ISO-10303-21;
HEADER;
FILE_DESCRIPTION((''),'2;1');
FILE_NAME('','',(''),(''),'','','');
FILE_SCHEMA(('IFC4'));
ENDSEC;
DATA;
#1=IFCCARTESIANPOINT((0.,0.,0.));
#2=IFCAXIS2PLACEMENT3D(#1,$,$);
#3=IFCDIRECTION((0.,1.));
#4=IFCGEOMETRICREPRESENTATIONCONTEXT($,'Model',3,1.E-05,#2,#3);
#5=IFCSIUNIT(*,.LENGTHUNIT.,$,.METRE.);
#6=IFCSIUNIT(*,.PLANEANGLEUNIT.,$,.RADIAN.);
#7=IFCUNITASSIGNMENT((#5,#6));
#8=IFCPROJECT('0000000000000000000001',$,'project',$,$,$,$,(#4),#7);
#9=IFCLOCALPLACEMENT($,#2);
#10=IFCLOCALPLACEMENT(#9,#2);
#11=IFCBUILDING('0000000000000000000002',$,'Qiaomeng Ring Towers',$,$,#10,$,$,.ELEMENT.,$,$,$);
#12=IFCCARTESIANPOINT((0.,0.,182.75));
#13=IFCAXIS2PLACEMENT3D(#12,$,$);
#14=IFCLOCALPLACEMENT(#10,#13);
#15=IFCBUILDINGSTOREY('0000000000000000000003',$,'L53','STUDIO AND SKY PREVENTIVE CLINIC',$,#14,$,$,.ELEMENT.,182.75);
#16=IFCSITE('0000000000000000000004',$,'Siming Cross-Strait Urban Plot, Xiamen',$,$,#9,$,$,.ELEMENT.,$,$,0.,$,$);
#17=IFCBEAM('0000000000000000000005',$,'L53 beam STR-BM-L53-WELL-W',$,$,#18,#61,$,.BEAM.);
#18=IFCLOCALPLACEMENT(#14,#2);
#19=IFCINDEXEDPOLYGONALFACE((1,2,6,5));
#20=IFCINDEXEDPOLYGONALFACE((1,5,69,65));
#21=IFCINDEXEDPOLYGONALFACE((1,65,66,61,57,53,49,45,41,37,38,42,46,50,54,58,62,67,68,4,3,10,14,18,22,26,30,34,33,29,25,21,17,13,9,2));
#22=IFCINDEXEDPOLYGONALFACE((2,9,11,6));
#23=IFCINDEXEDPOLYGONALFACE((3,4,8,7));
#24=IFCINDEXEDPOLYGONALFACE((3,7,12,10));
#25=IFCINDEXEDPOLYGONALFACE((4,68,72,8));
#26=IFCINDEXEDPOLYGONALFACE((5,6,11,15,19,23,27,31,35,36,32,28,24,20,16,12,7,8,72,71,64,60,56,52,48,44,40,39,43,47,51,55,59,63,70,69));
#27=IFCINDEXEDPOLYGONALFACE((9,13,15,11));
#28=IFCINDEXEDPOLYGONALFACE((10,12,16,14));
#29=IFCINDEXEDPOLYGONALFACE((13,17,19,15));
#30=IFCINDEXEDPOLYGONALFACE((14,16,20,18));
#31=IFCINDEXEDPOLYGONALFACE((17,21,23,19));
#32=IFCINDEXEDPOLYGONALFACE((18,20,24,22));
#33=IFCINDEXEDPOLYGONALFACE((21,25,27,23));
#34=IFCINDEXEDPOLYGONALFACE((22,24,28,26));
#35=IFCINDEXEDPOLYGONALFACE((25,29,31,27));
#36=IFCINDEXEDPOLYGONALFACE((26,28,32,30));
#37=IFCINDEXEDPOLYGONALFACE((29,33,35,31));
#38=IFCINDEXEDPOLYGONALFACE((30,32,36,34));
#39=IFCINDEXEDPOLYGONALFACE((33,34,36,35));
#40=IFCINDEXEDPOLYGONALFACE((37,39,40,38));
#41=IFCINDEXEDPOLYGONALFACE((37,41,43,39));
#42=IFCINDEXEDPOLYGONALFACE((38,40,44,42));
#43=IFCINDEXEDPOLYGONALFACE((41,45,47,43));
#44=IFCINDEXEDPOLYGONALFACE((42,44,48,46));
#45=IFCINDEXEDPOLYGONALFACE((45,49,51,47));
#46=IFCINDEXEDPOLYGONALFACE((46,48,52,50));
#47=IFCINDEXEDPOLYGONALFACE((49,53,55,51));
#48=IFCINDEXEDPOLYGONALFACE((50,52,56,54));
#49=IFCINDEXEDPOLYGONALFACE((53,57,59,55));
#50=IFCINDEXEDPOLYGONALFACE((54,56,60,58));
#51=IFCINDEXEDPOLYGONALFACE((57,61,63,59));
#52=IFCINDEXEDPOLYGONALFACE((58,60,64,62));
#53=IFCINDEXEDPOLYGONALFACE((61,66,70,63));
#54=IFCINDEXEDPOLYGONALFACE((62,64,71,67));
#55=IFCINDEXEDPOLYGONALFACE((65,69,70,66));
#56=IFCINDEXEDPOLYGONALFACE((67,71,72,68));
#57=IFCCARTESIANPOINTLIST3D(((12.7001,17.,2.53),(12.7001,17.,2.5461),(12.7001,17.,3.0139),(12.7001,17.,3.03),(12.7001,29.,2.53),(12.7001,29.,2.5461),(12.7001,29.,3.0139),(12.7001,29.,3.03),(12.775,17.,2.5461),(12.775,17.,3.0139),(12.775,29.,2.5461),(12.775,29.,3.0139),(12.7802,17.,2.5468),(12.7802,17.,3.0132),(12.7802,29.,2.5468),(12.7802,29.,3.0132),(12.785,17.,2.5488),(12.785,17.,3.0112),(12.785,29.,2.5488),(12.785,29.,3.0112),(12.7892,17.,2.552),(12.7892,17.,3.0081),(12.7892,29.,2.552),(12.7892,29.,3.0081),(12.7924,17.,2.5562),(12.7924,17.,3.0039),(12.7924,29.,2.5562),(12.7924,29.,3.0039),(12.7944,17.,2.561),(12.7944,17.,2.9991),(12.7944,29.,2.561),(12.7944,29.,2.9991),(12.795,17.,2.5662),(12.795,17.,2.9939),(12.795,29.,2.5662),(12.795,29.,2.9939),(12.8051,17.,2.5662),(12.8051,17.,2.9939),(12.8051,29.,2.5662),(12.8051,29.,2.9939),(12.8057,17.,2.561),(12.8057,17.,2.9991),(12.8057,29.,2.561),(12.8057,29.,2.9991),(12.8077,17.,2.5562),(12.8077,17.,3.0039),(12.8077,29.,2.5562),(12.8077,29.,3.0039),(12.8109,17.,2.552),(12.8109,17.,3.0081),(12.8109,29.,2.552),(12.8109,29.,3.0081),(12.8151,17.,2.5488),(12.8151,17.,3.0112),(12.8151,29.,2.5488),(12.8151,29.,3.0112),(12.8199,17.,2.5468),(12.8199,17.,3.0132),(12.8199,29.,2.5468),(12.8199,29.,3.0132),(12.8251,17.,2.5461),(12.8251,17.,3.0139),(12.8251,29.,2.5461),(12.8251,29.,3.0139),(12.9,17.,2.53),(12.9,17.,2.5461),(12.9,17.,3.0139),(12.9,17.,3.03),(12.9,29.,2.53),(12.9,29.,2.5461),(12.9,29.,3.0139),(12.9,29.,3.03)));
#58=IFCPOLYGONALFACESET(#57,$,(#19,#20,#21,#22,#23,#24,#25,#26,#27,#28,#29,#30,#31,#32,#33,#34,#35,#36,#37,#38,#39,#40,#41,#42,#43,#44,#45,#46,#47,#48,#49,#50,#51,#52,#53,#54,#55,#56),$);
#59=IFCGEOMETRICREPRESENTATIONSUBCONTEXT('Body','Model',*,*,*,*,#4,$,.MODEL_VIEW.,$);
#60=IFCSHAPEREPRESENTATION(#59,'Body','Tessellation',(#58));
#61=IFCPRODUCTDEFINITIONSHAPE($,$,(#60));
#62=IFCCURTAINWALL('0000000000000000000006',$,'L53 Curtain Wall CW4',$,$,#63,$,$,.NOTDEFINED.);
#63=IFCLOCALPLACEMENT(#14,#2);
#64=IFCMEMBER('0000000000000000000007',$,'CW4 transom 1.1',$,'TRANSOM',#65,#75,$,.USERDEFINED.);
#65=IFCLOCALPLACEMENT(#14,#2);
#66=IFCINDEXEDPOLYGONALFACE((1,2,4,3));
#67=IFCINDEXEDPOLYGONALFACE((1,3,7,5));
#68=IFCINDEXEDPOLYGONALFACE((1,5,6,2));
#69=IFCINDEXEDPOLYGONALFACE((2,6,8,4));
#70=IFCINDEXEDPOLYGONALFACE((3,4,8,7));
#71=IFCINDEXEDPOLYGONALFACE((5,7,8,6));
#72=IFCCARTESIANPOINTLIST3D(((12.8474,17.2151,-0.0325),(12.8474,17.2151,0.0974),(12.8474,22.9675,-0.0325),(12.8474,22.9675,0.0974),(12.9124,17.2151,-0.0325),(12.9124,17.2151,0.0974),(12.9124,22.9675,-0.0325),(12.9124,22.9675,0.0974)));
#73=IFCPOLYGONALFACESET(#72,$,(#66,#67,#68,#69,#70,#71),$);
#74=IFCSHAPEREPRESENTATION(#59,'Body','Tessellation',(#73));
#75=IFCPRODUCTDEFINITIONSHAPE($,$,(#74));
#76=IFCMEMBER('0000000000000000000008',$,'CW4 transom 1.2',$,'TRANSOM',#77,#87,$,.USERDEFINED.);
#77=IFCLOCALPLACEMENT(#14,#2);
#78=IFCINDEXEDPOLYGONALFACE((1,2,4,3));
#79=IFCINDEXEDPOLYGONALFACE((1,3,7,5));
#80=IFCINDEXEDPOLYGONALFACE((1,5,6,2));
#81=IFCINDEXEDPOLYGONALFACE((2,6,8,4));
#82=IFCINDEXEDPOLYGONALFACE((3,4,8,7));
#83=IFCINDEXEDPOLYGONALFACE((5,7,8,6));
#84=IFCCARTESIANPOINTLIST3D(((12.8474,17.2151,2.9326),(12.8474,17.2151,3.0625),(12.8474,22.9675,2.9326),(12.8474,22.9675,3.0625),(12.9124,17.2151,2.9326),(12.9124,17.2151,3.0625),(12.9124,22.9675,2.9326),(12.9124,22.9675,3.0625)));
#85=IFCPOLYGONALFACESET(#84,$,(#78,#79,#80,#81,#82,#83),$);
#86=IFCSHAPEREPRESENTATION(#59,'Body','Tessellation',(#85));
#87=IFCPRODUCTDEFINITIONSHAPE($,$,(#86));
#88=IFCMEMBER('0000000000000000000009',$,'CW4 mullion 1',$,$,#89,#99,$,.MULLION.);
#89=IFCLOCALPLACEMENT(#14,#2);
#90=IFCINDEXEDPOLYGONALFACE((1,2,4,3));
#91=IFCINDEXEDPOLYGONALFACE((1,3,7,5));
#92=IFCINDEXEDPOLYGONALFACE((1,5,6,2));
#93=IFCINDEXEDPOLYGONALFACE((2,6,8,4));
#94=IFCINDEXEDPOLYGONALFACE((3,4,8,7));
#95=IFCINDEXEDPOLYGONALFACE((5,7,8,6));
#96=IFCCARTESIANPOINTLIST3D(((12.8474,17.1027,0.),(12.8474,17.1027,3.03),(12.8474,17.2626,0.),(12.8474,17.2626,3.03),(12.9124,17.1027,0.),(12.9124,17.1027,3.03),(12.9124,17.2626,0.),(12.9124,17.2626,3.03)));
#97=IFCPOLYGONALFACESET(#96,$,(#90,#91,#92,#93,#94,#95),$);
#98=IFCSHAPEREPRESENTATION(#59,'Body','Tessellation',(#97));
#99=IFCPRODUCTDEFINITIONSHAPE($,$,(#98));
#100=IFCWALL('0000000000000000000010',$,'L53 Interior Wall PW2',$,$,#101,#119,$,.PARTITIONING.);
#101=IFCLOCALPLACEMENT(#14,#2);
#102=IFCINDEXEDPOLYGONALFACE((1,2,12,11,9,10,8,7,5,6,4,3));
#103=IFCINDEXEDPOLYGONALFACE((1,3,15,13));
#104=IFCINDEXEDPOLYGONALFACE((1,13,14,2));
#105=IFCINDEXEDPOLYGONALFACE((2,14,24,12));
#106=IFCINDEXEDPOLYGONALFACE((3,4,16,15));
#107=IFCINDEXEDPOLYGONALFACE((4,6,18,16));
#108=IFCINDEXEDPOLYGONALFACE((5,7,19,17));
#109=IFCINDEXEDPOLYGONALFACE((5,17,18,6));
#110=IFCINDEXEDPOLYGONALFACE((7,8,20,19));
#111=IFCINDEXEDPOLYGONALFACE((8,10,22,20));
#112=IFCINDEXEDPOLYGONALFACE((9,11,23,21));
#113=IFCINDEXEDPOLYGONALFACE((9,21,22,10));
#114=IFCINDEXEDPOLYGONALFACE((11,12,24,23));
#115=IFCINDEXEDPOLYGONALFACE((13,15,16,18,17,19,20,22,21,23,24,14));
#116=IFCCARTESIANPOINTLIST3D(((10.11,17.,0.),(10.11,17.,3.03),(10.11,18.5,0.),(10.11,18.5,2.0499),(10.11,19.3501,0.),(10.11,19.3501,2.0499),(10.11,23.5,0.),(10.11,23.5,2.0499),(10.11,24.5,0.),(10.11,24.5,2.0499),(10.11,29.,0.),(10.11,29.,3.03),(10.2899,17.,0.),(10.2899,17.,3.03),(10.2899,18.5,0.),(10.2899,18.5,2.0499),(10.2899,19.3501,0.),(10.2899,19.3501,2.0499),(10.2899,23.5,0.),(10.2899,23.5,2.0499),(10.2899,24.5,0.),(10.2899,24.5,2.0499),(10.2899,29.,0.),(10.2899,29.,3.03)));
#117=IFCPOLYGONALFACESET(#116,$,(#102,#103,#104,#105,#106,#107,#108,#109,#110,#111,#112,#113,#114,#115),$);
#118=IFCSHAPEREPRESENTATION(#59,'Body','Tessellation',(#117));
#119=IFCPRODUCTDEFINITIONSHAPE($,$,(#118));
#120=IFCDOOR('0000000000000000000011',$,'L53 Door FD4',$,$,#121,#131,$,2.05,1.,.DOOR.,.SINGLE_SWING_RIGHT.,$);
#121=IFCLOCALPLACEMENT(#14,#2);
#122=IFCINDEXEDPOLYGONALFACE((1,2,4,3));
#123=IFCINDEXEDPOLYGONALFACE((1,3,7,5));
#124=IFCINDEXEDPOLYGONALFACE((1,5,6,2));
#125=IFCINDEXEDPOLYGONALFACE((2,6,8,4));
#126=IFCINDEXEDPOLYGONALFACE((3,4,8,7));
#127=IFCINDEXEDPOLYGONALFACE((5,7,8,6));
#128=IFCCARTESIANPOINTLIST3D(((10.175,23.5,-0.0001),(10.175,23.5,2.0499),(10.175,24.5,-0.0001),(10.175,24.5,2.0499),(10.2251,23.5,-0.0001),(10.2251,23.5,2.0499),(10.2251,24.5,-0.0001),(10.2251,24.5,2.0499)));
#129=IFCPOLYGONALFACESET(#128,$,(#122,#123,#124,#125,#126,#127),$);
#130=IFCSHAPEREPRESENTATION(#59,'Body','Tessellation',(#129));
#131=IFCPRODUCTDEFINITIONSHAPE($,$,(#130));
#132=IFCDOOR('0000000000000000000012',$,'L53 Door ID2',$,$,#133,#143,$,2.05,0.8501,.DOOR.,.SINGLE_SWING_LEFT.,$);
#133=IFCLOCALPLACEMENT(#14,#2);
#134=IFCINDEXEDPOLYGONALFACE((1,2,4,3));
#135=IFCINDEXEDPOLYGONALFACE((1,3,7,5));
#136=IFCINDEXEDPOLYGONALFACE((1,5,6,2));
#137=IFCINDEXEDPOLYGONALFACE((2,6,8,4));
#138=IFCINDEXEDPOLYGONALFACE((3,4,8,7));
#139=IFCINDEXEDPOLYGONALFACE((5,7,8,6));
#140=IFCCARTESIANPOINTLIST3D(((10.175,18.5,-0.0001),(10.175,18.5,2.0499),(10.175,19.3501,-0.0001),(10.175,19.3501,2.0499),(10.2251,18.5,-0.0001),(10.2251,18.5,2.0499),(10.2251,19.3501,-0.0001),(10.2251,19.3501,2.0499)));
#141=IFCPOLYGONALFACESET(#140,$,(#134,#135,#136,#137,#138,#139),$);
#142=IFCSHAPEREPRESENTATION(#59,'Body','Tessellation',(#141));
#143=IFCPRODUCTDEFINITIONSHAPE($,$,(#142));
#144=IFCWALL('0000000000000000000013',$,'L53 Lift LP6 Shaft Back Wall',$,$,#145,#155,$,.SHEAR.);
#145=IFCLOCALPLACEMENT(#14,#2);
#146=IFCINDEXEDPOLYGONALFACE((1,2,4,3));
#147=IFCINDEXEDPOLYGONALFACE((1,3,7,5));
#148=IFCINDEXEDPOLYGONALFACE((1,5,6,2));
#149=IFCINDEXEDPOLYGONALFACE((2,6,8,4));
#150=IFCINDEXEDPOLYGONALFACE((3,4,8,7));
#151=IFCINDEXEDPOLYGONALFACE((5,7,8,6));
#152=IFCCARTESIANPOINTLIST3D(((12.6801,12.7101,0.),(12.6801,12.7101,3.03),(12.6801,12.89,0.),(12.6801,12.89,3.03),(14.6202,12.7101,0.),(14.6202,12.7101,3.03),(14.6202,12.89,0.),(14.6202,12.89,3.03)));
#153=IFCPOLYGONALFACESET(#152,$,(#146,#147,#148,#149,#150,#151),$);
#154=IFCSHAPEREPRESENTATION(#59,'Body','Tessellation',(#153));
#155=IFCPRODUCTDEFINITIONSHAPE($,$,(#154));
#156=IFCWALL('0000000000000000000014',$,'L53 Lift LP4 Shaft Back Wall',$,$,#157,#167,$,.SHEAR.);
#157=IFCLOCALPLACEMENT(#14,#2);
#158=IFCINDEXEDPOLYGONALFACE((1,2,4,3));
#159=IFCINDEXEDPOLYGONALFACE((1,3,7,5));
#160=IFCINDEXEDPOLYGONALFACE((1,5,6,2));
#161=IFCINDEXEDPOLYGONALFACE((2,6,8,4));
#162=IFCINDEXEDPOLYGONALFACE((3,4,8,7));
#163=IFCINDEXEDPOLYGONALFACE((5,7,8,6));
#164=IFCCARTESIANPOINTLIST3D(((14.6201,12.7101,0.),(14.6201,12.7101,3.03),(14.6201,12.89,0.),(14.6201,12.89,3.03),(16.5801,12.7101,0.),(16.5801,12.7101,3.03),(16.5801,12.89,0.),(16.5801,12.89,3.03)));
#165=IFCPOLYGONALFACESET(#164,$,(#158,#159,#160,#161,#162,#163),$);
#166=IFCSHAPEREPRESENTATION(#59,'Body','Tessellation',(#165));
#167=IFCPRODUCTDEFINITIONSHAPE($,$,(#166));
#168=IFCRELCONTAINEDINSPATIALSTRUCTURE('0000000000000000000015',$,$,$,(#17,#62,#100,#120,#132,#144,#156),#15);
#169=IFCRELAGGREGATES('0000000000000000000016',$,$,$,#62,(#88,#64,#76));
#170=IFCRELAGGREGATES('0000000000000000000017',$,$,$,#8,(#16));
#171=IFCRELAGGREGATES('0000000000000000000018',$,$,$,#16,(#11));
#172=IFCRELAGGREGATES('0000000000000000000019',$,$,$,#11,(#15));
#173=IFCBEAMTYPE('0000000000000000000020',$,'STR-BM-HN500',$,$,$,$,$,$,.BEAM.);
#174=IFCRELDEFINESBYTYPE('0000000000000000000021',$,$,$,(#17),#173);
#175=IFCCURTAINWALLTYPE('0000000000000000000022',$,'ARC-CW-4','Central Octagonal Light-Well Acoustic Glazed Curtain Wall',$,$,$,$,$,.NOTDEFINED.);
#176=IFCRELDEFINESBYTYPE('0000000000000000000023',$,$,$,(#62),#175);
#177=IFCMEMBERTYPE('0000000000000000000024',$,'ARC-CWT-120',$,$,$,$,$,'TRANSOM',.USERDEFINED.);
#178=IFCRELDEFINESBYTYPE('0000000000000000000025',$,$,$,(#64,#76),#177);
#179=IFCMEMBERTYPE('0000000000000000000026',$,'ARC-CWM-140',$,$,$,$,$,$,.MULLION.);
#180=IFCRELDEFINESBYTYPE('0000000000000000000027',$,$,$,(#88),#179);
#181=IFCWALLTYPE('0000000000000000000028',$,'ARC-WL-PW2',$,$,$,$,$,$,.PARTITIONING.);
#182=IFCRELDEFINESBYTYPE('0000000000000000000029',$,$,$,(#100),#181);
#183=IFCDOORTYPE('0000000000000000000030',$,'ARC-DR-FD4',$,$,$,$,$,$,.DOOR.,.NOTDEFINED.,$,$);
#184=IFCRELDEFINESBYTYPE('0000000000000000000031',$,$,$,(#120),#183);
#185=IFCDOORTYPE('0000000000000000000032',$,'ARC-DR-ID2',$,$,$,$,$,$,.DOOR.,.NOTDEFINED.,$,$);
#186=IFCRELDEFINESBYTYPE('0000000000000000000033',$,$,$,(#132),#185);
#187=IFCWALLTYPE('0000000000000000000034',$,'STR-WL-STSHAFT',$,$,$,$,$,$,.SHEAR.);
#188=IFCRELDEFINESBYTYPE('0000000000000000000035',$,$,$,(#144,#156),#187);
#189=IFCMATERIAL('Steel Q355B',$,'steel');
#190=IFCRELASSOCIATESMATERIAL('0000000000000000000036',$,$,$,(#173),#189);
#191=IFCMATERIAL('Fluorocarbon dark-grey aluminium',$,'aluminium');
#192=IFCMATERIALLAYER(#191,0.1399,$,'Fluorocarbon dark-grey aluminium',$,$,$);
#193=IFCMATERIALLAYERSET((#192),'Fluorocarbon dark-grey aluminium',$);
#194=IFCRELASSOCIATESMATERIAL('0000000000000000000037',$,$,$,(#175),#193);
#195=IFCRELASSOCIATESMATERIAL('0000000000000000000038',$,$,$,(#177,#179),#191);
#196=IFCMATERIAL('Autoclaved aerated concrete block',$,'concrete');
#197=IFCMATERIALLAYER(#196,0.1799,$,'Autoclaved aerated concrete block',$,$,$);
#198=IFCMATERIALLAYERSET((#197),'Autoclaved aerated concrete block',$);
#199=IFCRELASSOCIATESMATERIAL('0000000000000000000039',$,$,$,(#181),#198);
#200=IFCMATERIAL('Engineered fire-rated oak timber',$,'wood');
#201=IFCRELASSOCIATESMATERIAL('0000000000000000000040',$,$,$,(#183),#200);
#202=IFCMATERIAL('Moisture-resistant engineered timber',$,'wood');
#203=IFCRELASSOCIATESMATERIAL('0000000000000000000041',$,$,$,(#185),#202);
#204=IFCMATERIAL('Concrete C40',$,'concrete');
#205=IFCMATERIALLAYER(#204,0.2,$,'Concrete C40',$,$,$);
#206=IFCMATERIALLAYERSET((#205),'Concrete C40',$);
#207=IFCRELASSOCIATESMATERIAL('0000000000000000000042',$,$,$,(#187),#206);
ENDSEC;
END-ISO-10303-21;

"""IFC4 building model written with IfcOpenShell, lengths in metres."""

from ifc_helpers import new_model, si_unit, direction, frame, frame_2d, origin, origin_2d, place, context, subcontext, project, spatial, rectangle, i_section, extrude, source, transform, mapped, material, layer, layer_set, material_profile, profile_set, type_object, element, fill, aggregate, save


model = new_model("IFC4")

# Units and contexts
model_context = context("Model", 3, precision=1e-05, world=origin(), true_north=direction((0.0, 1.0)))
body_context = subcontext(model_context, "Body", "Model", "MODEL_VIEW")
ifc_project = project(units=[si_unit("LENGTHUNIT", "METRE"), si_unit("PLANEANGLEUNIT", "RADIAN")], contexts=[model_context])

# Site, building, storey
site_placement = place(None, origin())
site = spatial("IfcSite", under=ifc_project, at=site_placement, Name="Siming Cross-Strait Urban Plot, Xiamen", CompositionType="ELEMENT", RefElevation=0.0)
building_placement = place(site_placement, origin())
building = spatial("IfcBuilding", under=site, at=building_placement, Name="Qiaomeng Ring Towers", CompositionType="ELEMENT")
storey_placement = place(building_placement, frame((0.0, 0.0, 182.75)))
storey = spatial("IfcBuildingStorey", under=building, at=storey_placement, Name="L53", Description="STUDIO AND SKY PREVENTIVE CLINIC", CompositionType="ELEMENT", Elevation=182.75)

# Beam
ifc_material_1 = material(Name="Steel Q355B", Category="steel")
ifc_material_profile_1 = material_profile(ifc_material_1, i_section(OverallWidth=0.2, OverallDepth=0.5, WebThickness=0.01, FlangeThickness=0.0161, FilletRadius=0.02, at=origin_2d()), Name="HN 500x200x10x16")
ifc_profile_set_1 = profile_set([ifc_material_profile_1], Name="Steel Q355B")
beam_type = type_object("IfcBeamType", Name="STR-BM-HN500", PredefinedType="BEAM", material=ifc_profile_set_1)
shared_shape_1 = source(origin(), body_context, "Body", "SweptSolid", [
    extrude(i_section(OverallWidth=0.2, OverallDepth=0.5, WebThickness=0.01, FlangeThickness=0.0161, FilletRadius=0.02, at=origin_2d()), origin(), (0.0, 0.0, 1.0), 12.0),
])
beam_placement = place(storey_placement, frame((12.8, 17.0, 2.78), z_axis=(0.0, 1.0, 0.0), x_axis=(-1.0, 0.0, 0.0)))
element("IfcBeam", 1, at=beam_placement, inside=storey, type_object=beam_type, Name="L53 beam STR-BM-L53-WELL-W", PredefinedType="BEAM", context=body_context, shape_type="MappedRepresentation", body=[
    mapped(shared_shape_1, transform((0.0, 0.0, 0.0), x_axis=(1.0, 0.0, 0.0), y_axis=(0.0, 1.0, 0.0), z_axis=(0.0, 0.0, 1.0), scale=1.0)),
])

# Curtain wall, members
ifc_material_2 = material(Name="Fluorocarbon dark-grey aluminium", Category="aluminium")
ifc_layer_1 = layer(ifc_material_2, 0.1399, Name="Fluorocarbon dark-grey aluminium")
ifc_layer_set_1 = layer_set([ifc_layer_1], Name="Fluorocarbon dark-grey aluminium")
curtain_wall_type = type_object("IfcCurtainWallType", Name="ARC-CW-4", Description="Central Octagonal Light-Well Acoustic Glazed Curtain Wall", PredefinedType="NOTDEFINED", material=ifc_layer_set_1)
curtain_wall_placement = place(storey_placement, origin())
curtain_wall = element("IfcCurtainWall", 2, at=curtain_wall_placement, inside=storey, type_object=curtain_wall_type, Name="L53 Curtain Wall CW4", PredefinedType="NOTDEFINED")
ifc_material_profile_2 = material_profile(ifc_material_2, rectangle(XDim=0.0649, YDim=0.1299, at=origin_2d()), Name="ALU TRAN 65x130")
ifc_profile_set_2 = profile_set([ifc_material_profile_2], Name="Fluorocarbon dark-grey aluminium")
member_type_1 = type_object("IfcMemberType", Name="ARC-CWT-120", ElementType="TRANSOM", PredefinedType="USERDEFINED", material=ifc_profile_set_2)
shared_shape_2 = source(origin(), body_context, "Body", "SweptSolid", [
    extrude(rectangle(XDim=0.0649, YDim=0.1299, at=origin_2d()), origin(), (0.0, 0.0, 1.0), 5.7524),
])
member_1_placement = place(storey_placement, frame((12.8799, 17.2151, 0.0325), z_axis=(0.0, 1.0, 0.0), x_axis=(-1.0, 0.0, 0.0)))
member_1 = element("IfcMember", 3, at=member_1_placement, type_object=member_type_1, Name="CW4 transom 1.1", ObjectType="TRANSOM", PredefinedType="USERDEFINED", context=body_context, shape_type="MappedRepresentation", body=[
    mapped(shared_shape_2, transform((0.0, 0.0, 0.0), x_axis=(1.0, 0.0, 0.0), y_axis=(0.0, 1.0, 0.0), z_axis=(0.0, 0.0, 1.0), scale=1.0)),
])
member_2_placement = place(storey_placement, frame((12.8799, 17.2151, 2.9976), z_axis=(0.0, 1.0, 0.0), x_axis=(-1.0, 0.0, 0.0)))
member_2 = element("IfcMember", 4, at=member_2_placement, type_object=member_type_1, Name="CW4 transom 1.2", ObjectType="TRANSOM", PredefinedType="USERDEFINED", context=body_context, shape_type="MappedRepresentation", body=[
    mapped(shared_shape_2, transform((0.0, 0.0, 0.0), x_axis=(1.0, 0.0, 0.0), y_axis=(0.0, 1.0, 0.0), z_axis=(0.0, 0.0, 1.0), scale=1.0)),
])
ifc_material_profile_3 = material_profile(ifc_material_2, rectangle(XDim=0.0649, YDim=0.1599, at=origin_2d()), Name="ALU MULL 65x160")
ifc_profile_set_3 = profile_set([ifc_material_profile_3], Name="Fluorocarbon dark-grey aluminium")
member_type_2 = type_object("IfcMemberType", Name="ARC-CWM-140", PredefinedType="MULLION", material=ifc_profile_set_3)
shared_shape_3 = source(origin(), body_context, "Body", "SweptSolid", [
    extrude(rectangle(XDim=0.0649, YDim=0.1599, at=origin_2d()), origin(), (0.0, 0.0, 1.0), 3.03),
])
member_3_placement = place(storey_placement, frame((12.8799, 17.1826, 0.0), z_axis=(0.0, 0.0, 1.0), x_axis=(-1.0, 0.0, 0.0)))
member_3 = element("IfcMember", 5, at=member_3_placement, type_object=member_type_2, Name="CW4 mullion 1", PredefinedType="MULLION", context=body_context, shape_type="MappedRepresentation", body=[
    mapped(shared_shape_3, transform((0.0, 0.0, 0.0), x_axis=(1.0, 0.0, 0.0), y_axis=(0.0, 1.0, 0.0), z_axis=(0.0, 0.0, 1.0), scale=1.0)),
])
aggregate(curtain_wall, [member_3, member_1, member_2])

# Wall, openings, doors
ifc_material_3 = material(Name="Autoclaved aerated concrete block", Category="concrete")
ifc_layer_2 = layer(ifc_material_3, 0.1799, Name="Autoclaved aerated concrete block")
ifc_layer_set_2 = layer_set([ifc_layer_2], Name="Autoclaved aerated concrete block")
wall_type_1 = type_object("IfcWallType", Name="ARC-WL-PW2", PredefinedType="PARTITIONING", material=ifc_layer_set_2)
wall_1_placement = place(storey_placement, frame((10.2, 17.0, 0.0), z_axis=(0.0, 0.0, 1.0), x_axis=(0.0, 1.0, 0.0)))
wall_1 = element("IfcWall", 6, at=wall_1_placement, inside=storey, type_object=wall_type_1, Name="L53 Interior Wall PW2", PredefinedType="PARTITIONING", context=body_context, shape_type="SweptSolid", body=[
    extrude(rectangle(XDim=12.0, YDim=0.1799, at=frame_2d((6.0, 0.0))), origin(), (0.0, 0.0, 1.0), 3.03),
])
opening_1_placement = place(wall_1_placement, frame((1.5, 0.0, 0.0)))
opening_1 = element("IfcOpeningElement", 7, at=opening_1_placement, cuts=wall_1, PredefinedType="OPENING", context=body_context, shape_type="SweptSolid", body=[
    extrude(rectangle(XDim=0.8501, YDim=2.05, at=frame_2d((0.425, 1.0249))), frame((0.0, 0.0999, 0.0), z_axis=(0.0, -1.0, 0.0), x_axis=(1.0, 0.0, 0.0)), (0.0, 0.0, 1.0), 0.2),
])
opening_2_placement = place(wall_1_placement, frame((6.5, 0.0, 0.0)))
opening_2 = element("IfcOpeningElement", 8, at=opening_2_placement, cuts=wall_1, PredefinedType="OPENING", context=body_context, shape_type="SweptSolid", body=[
    extrude(rectangle(XDim=1.0, YDim=2.05, at=frame_2d((0.5, 1.0249))), frame((0.0, 0.0999, 0.0), z_axis=(0.0, -1.0, 0.0), x_axis=(1.0, 0.0, 0.0)), (0.0, 0.0, 1.0), 0.2),
])
ifc_material_4 = material(Name="Engineered fire-rated oak timber", Category="wood")
door_type_1 = type_object("IfcDoorType", Name="ARC-DR-FD4", OperationType="NOTDEFINED", PredefinedType="DOOR", material=ifc_material_4)
shared_shape_4 = source(origin(), body_context, "Body", "SweptSolid", [
    extrude(rectangle(XDim=1.0, YDim=2.05, at=frame_2d((0.5, 1.0249))), frame((0.0, 0.0249, 0.0), z_axis=(0.0, -1.0, 0.0), x_axis=(1.0, 0.0, 0.0)), (0.0, 0.0, 1.0), 0.05),
])
door_1_placement = place(opening_2_placement, origin())
door_1 = element("IfcDoor", 9, at=door_1_placement, inside=storey, type_object=door_type_1, Name="L53 Door FD4", OperationType="SINGLE_SWING_RIGHT", OverallHeight=2.05, OverallWidth=1.0, PredefinedType="DOOR", context=body_context, shape_type="MappedRepresentation", body=[
    mapped(shared_shape_4, transform((0.0, 0.0, 0.0), x_axis=(1.0, 0.0, 0.0), y_axis=(0.0, 1.0, 0.0), z_axis=(0.0, 0.0, 1.0), scale=1.0)),
])
fill(opening_2, door_1)
ifc_material_5 = material(Name="Moisture-resistant engineered timber", Category="wood")
door_type_2 = type_object("IfcDoorType", Name="ARC-DR-ID2", OperationType="NOTDEFINED", PredefinedType="DOOR", material=ifc_material_5)
shared_shape_5 = source(origin(), body_context, "Body", "SweptSolid", [
    extrude(rectangle(XDim=0.8501, YDim=2.05, at=frame_2d((0.425, 1.0249))), frame((0.0, 0.0249, 0.0), z_axis=(0.0, -1.0, 0.0), x_axis=(1.0, 0.0, 0.0)), (0.0, 0.0, 1.0), 0.05),
])
door_2_placement = place(opening_1_placement, origin())
door_2 = element("IfcDoor", 10, at=door_2_placement, inside=storey, type_object=door_type_2, Name="L53 Door ID2", OperationType="SINGLE_SWING_LEFT", OverallHeight=2.05, OverallWidth=0.8501, PredefinedType="DOOR", context=body_context, shape_type="MappedRepresentation", body=[
    mapped(shared_shape_5, transform((0.0, 0.0, 0.0), x_axis=(1.0, 0.0, 0.0), y_axis=(0.0, 1.0, 0.0), z_axis=(0.0, 0.0, 1.0), scale=1.0)),
])
fill(opening_1, door_2)

# Walls
ifc_material_6 = material(Name="Concrete C40", Category="concrete")
ifc_layer_3 = layer(ifc_material_6, 0.2, Name="Concrete C40")
ifc_layer_set_3 = layer_set([ifc_layer_3], Name="Concrete C40")
wall_type_2 = type_object("IfcWallType", Name="STR-WL-STSHAFT", PredefinedType="SHEAR", material=ifc_layer_set_3)
wall_2_placement = place(storey_placement, frame((12.6799, 12.8, 0.0), z_axis=(0.0, 0.0, 1.0), x_axis=(1.0, 0.0, 0.0)))
element("IfcWall", 11, at=wall_2_placement, inside=storey, type_object=wall_type_2, Name="L53 Lift LP6 Shaft Back Wall", PredefinedType="SHEAR", context=body_context, shape_type="SweptSolid", body=[
    extrude(rectangle(XDim=1.9402, YDim=0.1799, at=frame_2d((0.9702, 0.0))), origin(), (0.0, 0.0, 1.0), 3.03),
])
wall_3_placement = place(storey_placement, frame((14.6201, 12.8, 0.0), z_axis=(0.0, 0.0, 1.0), x_axis=(1.0, 0.0, 0.0)))
element("IfcWall", 12, at=wall_3_placement, inside=storey, type_object=wall_type_2, Name="L53 Lift LP4 Shaft Back Wall", PredefinedType="SHEAR", context=body_context, shape_type="SweptSolid", body=[
    extrude(rectangle(XDim=1.96, YDim=0.1799, at=frame_2d((0.98, 0.0))), origin(), (0.0, 0.0, 1.0), 3.03),
])

save(model, "model.ifc")
